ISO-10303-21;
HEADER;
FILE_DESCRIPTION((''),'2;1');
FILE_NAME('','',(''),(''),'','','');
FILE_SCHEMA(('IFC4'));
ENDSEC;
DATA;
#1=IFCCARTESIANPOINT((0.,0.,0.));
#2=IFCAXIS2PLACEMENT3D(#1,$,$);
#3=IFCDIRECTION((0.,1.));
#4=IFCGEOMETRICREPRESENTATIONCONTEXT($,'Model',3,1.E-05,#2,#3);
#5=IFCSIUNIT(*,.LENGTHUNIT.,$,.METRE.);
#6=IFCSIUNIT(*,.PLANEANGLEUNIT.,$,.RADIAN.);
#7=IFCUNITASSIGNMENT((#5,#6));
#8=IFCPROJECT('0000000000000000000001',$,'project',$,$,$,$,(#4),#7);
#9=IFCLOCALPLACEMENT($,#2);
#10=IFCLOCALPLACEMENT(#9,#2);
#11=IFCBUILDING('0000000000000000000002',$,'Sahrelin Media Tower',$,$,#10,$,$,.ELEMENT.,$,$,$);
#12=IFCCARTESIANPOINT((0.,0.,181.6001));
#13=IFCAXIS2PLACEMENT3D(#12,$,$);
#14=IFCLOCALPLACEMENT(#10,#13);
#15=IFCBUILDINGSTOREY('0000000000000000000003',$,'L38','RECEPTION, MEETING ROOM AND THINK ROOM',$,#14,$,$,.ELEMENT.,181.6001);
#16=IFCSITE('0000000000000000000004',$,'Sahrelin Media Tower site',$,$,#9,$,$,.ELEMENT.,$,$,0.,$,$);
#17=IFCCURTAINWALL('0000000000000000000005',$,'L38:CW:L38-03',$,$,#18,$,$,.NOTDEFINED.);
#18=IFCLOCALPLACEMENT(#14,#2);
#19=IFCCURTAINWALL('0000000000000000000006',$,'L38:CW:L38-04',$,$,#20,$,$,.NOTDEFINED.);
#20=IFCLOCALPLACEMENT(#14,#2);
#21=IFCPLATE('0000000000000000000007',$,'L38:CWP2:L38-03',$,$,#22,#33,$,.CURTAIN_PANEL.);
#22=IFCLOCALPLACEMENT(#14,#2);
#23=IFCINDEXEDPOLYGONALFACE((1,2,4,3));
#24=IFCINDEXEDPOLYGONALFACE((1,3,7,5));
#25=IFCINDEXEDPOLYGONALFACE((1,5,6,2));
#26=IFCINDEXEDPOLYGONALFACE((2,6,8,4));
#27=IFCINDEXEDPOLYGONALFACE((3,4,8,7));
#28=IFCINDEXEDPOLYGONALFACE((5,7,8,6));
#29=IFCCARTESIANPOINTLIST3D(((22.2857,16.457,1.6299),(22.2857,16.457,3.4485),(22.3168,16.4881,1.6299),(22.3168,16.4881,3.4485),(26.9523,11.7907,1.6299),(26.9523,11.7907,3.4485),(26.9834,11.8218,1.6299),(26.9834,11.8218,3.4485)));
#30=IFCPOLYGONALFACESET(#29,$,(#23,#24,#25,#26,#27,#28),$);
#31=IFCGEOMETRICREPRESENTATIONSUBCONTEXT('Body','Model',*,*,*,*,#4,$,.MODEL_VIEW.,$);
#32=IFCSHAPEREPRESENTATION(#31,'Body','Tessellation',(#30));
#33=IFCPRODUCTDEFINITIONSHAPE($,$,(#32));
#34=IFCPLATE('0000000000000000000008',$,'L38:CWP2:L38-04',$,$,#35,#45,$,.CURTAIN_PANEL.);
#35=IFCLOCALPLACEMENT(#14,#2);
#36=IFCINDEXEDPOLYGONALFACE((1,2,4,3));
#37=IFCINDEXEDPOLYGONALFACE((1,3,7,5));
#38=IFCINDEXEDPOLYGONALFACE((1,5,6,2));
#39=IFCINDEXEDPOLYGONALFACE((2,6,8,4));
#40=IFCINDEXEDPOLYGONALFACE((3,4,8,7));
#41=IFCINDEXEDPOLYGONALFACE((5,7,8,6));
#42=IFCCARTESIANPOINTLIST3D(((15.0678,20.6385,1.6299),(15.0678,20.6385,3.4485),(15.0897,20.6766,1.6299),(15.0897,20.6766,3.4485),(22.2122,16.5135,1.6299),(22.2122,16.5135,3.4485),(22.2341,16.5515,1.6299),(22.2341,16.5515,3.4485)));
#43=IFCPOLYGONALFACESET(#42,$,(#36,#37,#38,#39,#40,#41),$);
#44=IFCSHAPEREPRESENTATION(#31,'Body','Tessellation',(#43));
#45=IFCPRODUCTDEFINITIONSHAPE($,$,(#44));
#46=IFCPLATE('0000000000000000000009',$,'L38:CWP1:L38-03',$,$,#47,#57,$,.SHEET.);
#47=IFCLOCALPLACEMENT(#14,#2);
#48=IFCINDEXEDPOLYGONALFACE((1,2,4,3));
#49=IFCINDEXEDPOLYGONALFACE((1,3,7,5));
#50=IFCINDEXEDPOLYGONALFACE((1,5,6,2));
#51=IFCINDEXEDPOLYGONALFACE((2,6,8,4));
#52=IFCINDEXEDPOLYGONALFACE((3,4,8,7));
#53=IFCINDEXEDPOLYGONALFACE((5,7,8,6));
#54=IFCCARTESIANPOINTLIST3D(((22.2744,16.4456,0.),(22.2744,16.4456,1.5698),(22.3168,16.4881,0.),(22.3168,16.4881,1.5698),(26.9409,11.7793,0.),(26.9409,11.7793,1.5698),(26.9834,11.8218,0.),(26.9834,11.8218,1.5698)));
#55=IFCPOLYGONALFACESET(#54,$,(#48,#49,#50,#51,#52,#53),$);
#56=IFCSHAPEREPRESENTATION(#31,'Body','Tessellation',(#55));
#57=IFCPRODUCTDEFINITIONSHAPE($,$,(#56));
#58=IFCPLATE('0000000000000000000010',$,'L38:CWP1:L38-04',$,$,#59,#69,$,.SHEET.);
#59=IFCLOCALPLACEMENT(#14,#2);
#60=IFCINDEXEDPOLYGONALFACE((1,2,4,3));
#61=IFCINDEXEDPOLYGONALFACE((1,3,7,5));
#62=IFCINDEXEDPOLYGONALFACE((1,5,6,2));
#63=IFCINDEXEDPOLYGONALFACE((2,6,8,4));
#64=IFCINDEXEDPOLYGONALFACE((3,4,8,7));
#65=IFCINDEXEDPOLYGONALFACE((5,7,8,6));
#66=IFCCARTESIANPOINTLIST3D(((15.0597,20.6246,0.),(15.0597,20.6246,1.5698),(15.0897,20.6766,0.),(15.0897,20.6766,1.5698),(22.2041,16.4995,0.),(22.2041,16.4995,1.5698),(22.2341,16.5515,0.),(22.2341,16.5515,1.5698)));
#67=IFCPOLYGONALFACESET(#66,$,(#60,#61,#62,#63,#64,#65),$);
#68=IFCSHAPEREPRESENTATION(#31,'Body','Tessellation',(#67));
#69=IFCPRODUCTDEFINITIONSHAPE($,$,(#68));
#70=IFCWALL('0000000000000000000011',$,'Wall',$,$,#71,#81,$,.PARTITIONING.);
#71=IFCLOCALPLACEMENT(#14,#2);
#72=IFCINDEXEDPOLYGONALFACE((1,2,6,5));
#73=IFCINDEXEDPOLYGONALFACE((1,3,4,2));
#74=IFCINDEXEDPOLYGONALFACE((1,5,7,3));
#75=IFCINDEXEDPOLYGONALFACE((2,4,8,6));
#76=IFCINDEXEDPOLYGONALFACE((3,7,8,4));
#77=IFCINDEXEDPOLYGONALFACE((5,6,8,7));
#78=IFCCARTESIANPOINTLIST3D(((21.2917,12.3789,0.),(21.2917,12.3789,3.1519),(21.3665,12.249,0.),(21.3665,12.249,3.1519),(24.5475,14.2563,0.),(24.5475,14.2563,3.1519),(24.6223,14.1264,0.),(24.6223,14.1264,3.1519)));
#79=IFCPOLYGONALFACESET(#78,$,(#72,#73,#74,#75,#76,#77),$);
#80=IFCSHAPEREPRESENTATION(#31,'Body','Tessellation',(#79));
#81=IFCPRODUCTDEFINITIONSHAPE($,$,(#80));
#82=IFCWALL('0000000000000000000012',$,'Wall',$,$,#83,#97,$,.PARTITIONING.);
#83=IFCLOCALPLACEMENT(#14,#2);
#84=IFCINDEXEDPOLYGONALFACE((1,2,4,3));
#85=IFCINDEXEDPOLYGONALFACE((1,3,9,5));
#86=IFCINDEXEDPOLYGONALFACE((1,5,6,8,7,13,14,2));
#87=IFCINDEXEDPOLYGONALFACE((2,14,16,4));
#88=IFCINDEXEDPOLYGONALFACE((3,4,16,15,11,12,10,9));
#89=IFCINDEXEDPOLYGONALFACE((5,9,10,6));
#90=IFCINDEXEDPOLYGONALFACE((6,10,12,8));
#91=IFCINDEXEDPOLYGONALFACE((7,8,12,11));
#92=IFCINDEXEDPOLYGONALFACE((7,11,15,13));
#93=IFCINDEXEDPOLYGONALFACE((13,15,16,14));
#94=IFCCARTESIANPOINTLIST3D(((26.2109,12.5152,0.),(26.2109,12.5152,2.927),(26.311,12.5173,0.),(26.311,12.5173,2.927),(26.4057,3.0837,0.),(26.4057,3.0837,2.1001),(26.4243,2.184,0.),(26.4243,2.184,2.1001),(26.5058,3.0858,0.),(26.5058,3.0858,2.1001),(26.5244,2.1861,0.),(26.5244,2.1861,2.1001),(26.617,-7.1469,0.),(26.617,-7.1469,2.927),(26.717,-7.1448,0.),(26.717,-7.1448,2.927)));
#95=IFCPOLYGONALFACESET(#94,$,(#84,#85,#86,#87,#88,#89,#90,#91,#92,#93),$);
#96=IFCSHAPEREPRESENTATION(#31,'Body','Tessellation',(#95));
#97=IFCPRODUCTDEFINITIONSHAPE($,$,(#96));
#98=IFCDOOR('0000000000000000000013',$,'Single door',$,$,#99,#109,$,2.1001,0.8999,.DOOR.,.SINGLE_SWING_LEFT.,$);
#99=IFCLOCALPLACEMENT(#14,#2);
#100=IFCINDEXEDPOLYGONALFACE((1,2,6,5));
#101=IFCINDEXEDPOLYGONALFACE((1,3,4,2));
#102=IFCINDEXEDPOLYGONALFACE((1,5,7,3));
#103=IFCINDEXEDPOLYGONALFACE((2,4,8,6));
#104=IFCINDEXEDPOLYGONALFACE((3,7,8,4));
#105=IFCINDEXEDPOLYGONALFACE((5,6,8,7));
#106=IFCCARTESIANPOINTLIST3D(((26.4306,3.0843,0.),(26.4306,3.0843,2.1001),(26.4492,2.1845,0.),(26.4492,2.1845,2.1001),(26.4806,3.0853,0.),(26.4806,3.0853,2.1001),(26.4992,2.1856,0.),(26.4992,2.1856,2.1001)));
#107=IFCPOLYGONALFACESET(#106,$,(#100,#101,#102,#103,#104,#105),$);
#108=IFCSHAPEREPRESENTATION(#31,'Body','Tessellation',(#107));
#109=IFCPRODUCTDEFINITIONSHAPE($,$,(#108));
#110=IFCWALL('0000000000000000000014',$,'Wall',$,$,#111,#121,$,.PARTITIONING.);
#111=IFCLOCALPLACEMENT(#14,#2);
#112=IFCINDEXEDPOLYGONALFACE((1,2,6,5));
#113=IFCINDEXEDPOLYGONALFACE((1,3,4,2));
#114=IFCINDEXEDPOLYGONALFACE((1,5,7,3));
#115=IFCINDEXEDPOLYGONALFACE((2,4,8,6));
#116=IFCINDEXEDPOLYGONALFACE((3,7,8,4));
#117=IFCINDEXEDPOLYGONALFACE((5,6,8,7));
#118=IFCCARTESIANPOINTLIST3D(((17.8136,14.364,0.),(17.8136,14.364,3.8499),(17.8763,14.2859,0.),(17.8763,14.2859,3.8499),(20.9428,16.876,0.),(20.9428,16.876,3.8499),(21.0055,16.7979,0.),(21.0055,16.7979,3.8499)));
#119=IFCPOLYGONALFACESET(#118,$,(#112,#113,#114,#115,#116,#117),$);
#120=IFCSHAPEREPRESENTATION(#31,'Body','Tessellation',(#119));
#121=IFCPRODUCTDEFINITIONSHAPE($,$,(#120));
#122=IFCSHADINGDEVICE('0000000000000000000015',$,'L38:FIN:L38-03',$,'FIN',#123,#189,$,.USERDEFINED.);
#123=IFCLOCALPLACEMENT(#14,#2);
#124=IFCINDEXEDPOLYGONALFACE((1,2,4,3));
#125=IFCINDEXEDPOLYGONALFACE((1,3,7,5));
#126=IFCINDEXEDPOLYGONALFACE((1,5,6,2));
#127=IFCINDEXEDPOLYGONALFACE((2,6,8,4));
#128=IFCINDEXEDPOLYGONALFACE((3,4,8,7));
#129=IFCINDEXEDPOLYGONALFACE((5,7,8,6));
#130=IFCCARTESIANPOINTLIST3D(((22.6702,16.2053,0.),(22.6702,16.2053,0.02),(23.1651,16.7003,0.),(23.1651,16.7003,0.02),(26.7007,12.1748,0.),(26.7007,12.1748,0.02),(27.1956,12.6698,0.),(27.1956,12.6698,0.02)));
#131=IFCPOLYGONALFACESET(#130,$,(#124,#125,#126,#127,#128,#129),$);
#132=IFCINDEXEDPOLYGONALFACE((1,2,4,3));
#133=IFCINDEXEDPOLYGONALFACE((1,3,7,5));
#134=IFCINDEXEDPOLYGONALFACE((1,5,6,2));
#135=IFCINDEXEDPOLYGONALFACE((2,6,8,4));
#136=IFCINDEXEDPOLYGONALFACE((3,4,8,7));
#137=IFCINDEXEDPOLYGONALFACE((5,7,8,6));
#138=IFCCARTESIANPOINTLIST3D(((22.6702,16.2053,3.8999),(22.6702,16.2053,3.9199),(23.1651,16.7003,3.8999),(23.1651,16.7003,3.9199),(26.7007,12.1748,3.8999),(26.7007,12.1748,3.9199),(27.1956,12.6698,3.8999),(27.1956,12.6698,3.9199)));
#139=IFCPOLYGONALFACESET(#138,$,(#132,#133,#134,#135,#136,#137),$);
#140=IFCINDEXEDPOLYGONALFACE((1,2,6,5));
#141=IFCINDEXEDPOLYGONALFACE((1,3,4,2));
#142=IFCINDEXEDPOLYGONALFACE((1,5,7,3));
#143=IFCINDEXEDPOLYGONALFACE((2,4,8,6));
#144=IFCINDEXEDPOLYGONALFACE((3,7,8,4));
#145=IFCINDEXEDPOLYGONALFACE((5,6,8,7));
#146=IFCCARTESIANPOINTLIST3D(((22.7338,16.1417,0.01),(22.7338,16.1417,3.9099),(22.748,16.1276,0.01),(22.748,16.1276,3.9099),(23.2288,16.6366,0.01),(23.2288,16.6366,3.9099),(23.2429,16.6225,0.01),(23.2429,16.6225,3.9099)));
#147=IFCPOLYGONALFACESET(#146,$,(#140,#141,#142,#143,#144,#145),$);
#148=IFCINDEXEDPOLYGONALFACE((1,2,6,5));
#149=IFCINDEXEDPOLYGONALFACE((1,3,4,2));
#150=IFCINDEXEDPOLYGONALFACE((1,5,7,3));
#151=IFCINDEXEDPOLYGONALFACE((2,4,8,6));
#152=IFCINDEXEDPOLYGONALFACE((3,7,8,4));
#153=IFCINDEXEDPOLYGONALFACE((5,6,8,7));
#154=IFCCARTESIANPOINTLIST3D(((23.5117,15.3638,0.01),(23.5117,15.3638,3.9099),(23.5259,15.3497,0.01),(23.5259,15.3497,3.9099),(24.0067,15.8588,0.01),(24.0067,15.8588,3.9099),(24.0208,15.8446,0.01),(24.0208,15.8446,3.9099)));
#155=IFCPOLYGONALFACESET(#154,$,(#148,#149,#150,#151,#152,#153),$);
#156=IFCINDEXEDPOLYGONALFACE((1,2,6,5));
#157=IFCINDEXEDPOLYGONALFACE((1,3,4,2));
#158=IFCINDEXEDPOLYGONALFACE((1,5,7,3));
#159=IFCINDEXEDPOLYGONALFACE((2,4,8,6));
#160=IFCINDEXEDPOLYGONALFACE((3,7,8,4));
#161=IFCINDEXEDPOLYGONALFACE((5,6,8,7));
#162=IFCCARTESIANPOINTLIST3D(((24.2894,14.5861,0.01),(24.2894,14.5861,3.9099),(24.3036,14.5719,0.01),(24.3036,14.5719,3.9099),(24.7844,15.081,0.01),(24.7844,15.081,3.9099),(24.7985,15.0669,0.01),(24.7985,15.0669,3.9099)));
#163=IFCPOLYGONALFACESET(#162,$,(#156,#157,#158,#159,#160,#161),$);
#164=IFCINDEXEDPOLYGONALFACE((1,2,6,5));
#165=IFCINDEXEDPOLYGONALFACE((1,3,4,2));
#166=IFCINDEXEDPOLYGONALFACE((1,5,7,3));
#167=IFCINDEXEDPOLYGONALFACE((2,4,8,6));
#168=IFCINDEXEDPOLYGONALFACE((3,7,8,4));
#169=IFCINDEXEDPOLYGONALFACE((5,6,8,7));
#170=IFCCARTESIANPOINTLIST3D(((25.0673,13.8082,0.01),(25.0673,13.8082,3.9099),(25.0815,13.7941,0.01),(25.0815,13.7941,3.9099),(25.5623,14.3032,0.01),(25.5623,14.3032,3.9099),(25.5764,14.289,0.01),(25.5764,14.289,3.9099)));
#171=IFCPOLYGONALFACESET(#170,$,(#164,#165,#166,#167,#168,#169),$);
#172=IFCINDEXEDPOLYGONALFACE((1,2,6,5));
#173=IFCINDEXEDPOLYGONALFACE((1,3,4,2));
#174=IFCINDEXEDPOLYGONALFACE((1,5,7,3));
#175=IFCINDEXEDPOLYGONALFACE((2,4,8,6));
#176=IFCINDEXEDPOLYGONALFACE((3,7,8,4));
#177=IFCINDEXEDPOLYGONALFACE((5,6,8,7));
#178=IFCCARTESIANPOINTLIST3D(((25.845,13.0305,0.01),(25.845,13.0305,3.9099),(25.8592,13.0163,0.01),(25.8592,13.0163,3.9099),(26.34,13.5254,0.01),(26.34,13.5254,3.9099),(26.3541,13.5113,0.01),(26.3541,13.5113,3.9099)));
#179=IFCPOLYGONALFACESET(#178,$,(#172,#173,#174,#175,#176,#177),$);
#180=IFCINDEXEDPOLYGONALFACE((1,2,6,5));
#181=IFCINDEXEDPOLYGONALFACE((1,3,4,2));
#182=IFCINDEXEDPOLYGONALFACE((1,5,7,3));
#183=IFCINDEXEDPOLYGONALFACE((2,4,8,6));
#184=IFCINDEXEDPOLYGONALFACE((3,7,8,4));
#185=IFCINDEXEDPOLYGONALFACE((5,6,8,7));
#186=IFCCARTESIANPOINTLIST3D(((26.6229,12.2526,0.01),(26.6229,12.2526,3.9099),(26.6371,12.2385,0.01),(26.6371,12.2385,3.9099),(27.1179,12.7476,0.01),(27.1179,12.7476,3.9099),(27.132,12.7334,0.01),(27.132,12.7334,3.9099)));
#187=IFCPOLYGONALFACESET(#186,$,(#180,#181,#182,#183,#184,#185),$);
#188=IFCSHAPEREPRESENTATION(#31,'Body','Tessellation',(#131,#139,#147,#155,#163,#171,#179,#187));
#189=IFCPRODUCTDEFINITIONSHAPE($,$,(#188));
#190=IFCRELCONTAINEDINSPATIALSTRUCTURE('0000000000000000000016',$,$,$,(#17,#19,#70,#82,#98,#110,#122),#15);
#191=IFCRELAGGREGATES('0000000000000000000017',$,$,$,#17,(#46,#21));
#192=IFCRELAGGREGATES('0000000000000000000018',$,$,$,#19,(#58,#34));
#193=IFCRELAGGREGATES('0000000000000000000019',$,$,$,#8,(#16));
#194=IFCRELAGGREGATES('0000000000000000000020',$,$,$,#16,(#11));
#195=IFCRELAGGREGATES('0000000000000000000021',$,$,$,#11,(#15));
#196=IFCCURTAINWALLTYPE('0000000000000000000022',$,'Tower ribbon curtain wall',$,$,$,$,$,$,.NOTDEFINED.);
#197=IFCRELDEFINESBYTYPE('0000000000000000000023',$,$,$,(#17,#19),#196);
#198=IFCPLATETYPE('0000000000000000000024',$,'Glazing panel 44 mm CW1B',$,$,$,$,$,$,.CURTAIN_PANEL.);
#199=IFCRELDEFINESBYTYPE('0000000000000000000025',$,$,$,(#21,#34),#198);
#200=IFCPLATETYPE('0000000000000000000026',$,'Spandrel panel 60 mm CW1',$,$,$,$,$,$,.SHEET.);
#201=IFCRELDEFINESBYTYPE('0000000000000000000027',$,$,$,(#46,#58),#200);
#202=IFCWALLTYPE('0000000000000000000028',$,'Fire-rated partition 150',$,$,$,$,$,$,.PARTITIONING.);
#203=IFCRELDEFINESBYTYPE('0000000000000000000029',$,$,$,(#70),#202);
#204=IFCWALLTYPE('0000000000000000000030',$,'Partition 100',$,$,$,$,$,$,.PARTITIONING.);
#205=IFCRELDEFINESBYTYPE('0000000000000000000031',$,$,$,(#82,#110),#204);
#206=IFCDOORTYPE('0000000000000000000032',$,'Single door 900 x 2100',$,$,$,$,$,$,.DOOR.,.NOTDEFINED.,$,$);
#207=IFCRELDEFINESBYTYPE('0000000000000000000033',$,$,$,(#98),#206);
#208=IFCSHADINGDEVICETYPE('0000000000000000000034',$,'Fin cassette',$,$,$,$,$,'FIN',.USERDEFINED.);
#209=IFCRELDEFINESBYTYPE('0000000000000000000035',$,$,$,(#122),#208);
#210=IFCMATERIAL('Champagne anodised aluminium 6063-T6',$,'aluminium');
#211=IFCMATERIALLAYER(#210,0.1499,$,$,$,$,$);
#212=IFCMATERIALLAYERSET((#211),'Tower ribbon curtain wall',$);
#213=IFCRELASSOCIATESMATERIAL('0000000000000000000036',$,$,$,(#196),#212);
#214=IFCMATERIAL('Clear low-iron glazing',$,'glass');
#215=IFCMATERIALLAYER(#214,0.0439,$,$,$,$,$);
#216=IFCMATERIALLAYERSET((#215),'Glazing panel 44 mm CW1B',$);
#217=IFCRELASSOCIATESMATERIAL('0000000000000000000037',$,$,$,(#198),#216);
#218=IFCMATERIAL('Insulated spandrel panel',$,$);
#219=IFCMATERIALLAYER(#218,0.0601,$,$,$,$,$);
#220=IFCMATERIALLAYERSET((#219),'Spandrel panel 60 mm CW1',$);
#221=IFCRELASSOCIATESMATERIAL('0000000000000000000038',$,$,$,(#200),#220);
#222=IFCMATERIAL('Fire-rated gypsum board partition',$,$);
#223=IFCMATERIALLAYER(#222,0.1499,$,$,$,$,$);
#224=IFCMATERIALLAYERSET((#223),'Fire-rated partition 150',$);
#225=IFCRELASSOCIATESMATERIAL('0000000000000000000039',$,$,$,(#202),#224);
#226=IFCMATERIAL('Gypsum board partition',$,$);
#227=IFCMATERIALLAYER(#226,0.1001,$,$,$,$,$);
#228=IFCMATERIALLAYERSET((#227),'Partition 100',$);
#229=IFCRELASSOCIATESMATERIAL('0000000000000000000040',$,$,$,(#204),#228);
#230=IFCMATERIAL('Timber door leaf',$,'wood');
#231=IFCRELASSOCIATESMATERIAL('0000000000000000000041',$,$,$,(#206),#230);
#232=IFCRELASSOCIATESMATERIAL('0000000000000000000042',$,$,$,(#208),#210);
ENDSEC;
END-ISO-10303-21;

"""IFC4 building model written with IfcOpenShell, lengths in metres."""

from ifc_helpers import new_model, si_unit, direction, frame, frame_2d, origin, origin_2d, place, context, subcontext, project, spatial, polyline, rectangle, outline, extrude, material, layer, layer_set, type_object, element, fill, aggregate, save


model = new_model("IFC4")

# Units and contexts
model_context = context("Model", 3, precision=1e-05, world=origin(), true_north=direction((0.0, 1.0)))
body_context = subcontext(model_context, "Body", "Model", "MODEL_VIEW")
ifc_project = project(units=[si_unit("LENGTHUNIT", "METRE"), si_unit("PLANEANGLEUNIT", "RADIAN")], contexts=[model_context])

# Site, building, storey
site_placement = place(None, origin())
site = spatial("IfcSite", under=ifc_project, at=site_placement, Name="Sahrelin Media Tower site", CompositionType="ELEMENT", RefElevation=0.0)
building_placement = place(site_placement, origin())
building = spatial("IfcBuilding", under=site, at=building_placement, Name="Sahrelin Media Tower", CompositionType="ELEMENT")
storey_placement = place(building_placement, frame((0.0, 0.0, 181.6001)))
storey = spatial("IfcBuildingStorey", under=building, at=storey_placement, Name="L38", Description="RECEPTION, MEETING ROOM AND THINK ROOM", CompositionType="ELEMENT", Elevation=181.6001)

# Curtain walls
ifc_material_1 = material(Name="Champagne anodised aluminium 6063-T6", Category="aluminium")
ifc_layer_1 = layer(ifc_material_1, 0.1499)
ifc_layer_set_1 = layer_set([ifc_layer_1], Name="Tower ribbon curtain wall")
curtain_wall_type = type_object("IfcCurtainWallType", Name="Tower ribbon curtain wall", PredefinedType="NOTDEFINED", material=ifc_layer_set_1)
curtain_wall_1_placement = place(storey_placement, frame((24.636, 14.1406, 0.0), z_axis=(0.0, 0.0, 1.0), x_axis=(1.0, 0.0, 0.0)))
curtain_wall_1 = element("IfcCurtainWall", 1, at=curtain_wall_1_placement, inside=storey, type_object=curtain_wall_type, Name="L38:CW:L38-03", PredefinedType="NOTDEFINED")
curtain_wall_2_placement = place(storey_placement, frame((18.6521, 18.5967, 0.0), z_axis=(0.0, 0.0, 1.0), x_axis=(1.0, 0.0, 0.0)))
curtain_wall_2 = element("IfcCurtainWall", 2, at=curtain_wall_2_placement, inside=storey, type_object=curtain_wall_type, Name="L38:CW:L38-04", PredefinedType="NOTDEFINED")

# Plates
ifc_material_2 = material(Name="Clear low-iron glazing", Category="glass")
ifc_layer_2 = layer(ifc_material_2, 0.0439)
ifc_layer_set_2 = layer_set([ifc_layer_2], Name="Glazing panel 44 mm CW1B")
plate_type_1 = type_object("IfcPlateType", Name="Glazing panel 44 mm CW1B", PredefinedType="CURTAIN_PANEL", material=ifc_layer_set_2)
plate_1_placement = place(storey_placement, frame((26.9834, 11.8218, 1.6299), z_axis=(0.707088, 0.707125, 0.0), x_axis=(-0.707125, 0.707088, 0.0)))
plate_1 = element("IfcPlate", 3, at=plate_1_placement, type_object=plate_type_1, Name="L38:CWP2:L38-03", PredefinedType="CURTAIN_PANEL", context=body_context, shape_type="SweptSolid", body=[
    extrude(outline(polyline([(0.0, 0.0), (6.5994, 0.0), (6.5994, 1.8186), (0.0, 1.8186), (0.0, 0.0)])), origin(), (0.0, 0.0, -1.0), 0.0439),
])
plate_2_placement = place(storey_placement, frame((22.2341, 16.5515, 1.6299), z_axis=(0.500022, 0.866013, 0.0), x_axis=(-0.866013, 0.500022, 0.0)))
plate_2 = element("IfcPlate", 4, at=plate_2_placement, type_object=plate_type_1, Name="L38:CWP2:L38-04", PredefinedType="CURTAIN_PANEL", context=body_context, shape_type="SweptSolid", body=[
    extrude(outline(polyline([(0.0, 0.0), (8.2498, 0.0), (8.2498, 1.8186), (0.0, 1.8186), (0.0, 0.0)])), origin(), (0.0, 0.0, -1.0), 0.0439),
])
ifc_material_3 = material(Name="Insulated spandrel panel")
ifc_layer_3 = layer(ifc_material_3, 0.0601)
ifc_layer_set_3 = layer_set([ifc_layer_3], Name="Spandrel panel 60 mm CW1")
plate_type_2 = type_object("IfcPlateType", Name="Spandrel panel 60 mm CW1", PredefinedType="SHEET", material=ifc_layer_set_3)
plate_3_placement = place(storey_placement, frame((26.9834, 11.8218, 0.0), z_axis=(0.707088, 0.707125, 0.0), x_axis=(-0.707125, 0.707088, 0.0)))
plate_3 = element("IfcPlate", 5, at=plate_3_placement, type_object=plate_type_2, Name="L38:CWP1:L38-03", PredefinedType="SHEET", context=body_context, shape_type="SweptSolid", body=[
    extrude(outline(polyline([(0.0, 0.0), (6.5994, 0.0), (6.5994, 1.5698), (0.0, 1.5698), (0.0, 0.0)])), origin(), (0.0, 0.0, -1.0), 0.0601),
])
aggregate(curtain_wall_1, [plate_3, plate_1])
plate_4_placement = place(storey_placement, frame((22.2341, 16.5515, 0.0), z_axis=(0.500022, 0.866013, 0.0), x_axis=(-0.866013, 0.500022, 0.0)))
plate_4 = element("IfcPlate", 6, at=plate_4_placement, type_object=plate_type_2, Name="L38:CWP1:L38-04", PredefinedType="SHEET", context=body_context, shape_type="SweptSolid", body=[
    extrude(outline(polyline([(0.0, 0.0), (8.2498, 0.0), (8.2498, 1.5698), (0.0, 1.5698), (0.0, 0.0)])), origin(), (0.0, 0.0, -1.0), 0.0601),
])
aggregate(curtain_wall_2, [plate_4, plate_2])

# Wall
ifc_material_4 = material(Name="Fire-rated gypsum board partition")
ifc_layer_4 = layer(ifc_material_4, 0.1499)
ifc_layer_set_4 = layer_set([ifc_layer_4], Name="Fire-rated partition 150")
wall_type_1 = type_object("IfcWallType", Name="Fire-rated partition 150", PredefinedType="PARTITIONING", material=ifc_layer_set_4)
wall_1_placement = place(storey_placement, frame((21.3291, 12.314, 0.0), z_axis=(0.0, 0.0, 1.0), x_axis=(0.866294, 0.499535, 0.0)))
element("IfcWall", 7, at=wall_1_placement, inside=storey, type_object=wall_type_1, Name="Wall", PredefinedType="PARTITIONING", context=body_context, shape_type="SweptSolid", body=[
    extrude(rectangle(XDim=3.7583, YDim=0.1499, at=frame_2d((1.8792, 0.0))), origin(), (0.0, 0.0, 1.0), 3.1519),
])

# Wall, opening, door
ifc_material_5 = material(Name="Gypsum board partition")
ifc_layer_5 = layer(ifc_material_5, 0.1001)
ifc_layer_set_5 = layer_set([ifc_layer_5], Name="Partition 100")
wall_type_2 = type_object("IfcWallType", Name="Partition 100", PredefinedType="PARTITIONING", material=ifc_layer_set_5)
wall_2_placement = place(storey_placement, frame((26.261, 12.5161, 0.0), z_axis=(0.0, 0.0, 1.0), x_axis=(0.020645, -0.999787, 0.0)))
wall_2 = element("IfcWall", 8, at=wall_2_placement, inside=storey, type_object=wall_type_2, Name="Wall", PredefinedType="PARTITIONING", context=body_context, shape_type="SweptSolid", body=[
    extrude(rectangle(XDim=19.6663, YDim=0.1001, at=frame_2d((9.833, 0.0))), origin(), (0.0, 0.0, 1.0), 2.927),
])
opening_placement = place(wall_2_placement, frame((9.4333, 0.0, 0.0)))
opening = element("IfcOpeningElement", 9, at=opening_placement, cuts=wall_2, PredefinedType="OPENING", context=body_context, shape_type="SweptSolid", body=[
    extrude(rectangle(XDim=0.8999, YDim=2.1001, at=frame_2d((0.45, 1.05))), frame((0.0, 0.05, 0.0), z_axis=(0.0, -1.0, 0.0), x_axis=(1.0, 0.0, 0.0)), (0.0, 0.0, 1.0), 0.1001),
])
ifc_material_6 = material(Name="Timber door leaf", Category="wood")
door_type = type_object("IfcDoorType", Name="Single door 900 x 2100", OperationType="NOTDEFINED", PredefinedType="DOOR", material=ifc_material_6)
door_placement = place(opening_placement, origin())
door = element("IfcDoor", 10, at=door_placement, inside=storey, type_object=door_type, Name="Single door", OperationType="SINGLE_SWING_LEFT", OverallHeight=2.1001, OverallWidth=0.8999, PredefinedType="DOOR", context=body_context, shape_type="SweptSolid", body=[
    extrude(rectangle(XDim=0.8999, YDim=2.1001, at=frame_2d((0.45, 1.05))), frame((0.0, 0.0249, 0.0), z_axis=(0.0, -1.0, 0.0), x_axis=(1.0, 0.0, 0.0)), (0.0, 0.0, 1.0), 0.05),
])
fill(opening, door)

# Wall
wall_3_placement = place(storey_placement, frame((17.845, 14.325, 0.0), z_axis=(0.0, 0.0, 1.0), x_axis=(0.779817, 0.626007, 0.0)))
element("IfcWall", 11, at=wall_3_placement, inside=storey, type_object=wall_type_2, Name="Wall", PredefinedType="PARTITIONING", context=body_context, shape_type="SweptSolid", body=[
    extrude(rectangle(XDim=4.0127, YDim=0.1001, at=frame_2d((2.0063, 0.0))), origin(), (0.0, 0.0, 1.0), 3.8499),
])

# Shading device
shading_device_type_1 = type_object("IfcShadingDeviceType", Name="Fin cassette", ElementType="FIN", PredefinedType="USERDEFINED", material=ifc_material_1)
placement_1 = place(storey_placement, frame((24.636, 14.1406, 0.0), z_axis=(0.0, 0.0, 1.0), x_axis=(0.707107, -0.707107, 0.0)))
element("IfcShadingDevice", 12, at=placement_1, inside=storey, type_object=shading_device_type_1, Name="L38:FIN:L38-03", ObjectType="FIN", PredefinedType="USERDEFINED", context=body_context, shape_type="SweptSolid", body=[
    extrude(rectangle(XDim=5.7, YDim=0.7, at=origin_2d()), frame((0.0, 0.4199, 0.0)), (0.0, 0.0, 1.0), 0.02),
    extrude(rectangle(XDim=5.7, YDim=0.7, at=origin_2d()), frame((0.0, 0.4199, 3.8999)), (0.0, 0.0, 1.0), 0.02),
    extrude(rectangle(XDim=0.02, YDim=0.7, at=origin_2d()), frame((-2.75, 0.4199, 0.01), z_axis=(0.0, 0.0, 1.0), x_axis=(1.0, 0.0, 0.0)), (0.0, 0.0, 1.0), 3.8999),
    extrude(rectangle(XDim=0.02, YDim=0.7, at=origin_2d()), frame((-1.6499, 0.4199, 0.01), z_axis=(0.0, 0.0, 1.0), x_axis=(1.0, 0.0, 0.0)), (0.0, 0.0, 1.0), 3.8999),
    extrude(rectangle(XDim=0.02, YDim=0.7, at=origin_2d()), frame((-0.55, 0.4199, 0.01), z_axis=(0.0, 0.0, 1.0), x_axis=(1.0, 0.0, 0.0)), (0.0, 0.0, 1.0), 3.8999),
    extrude(rectangle(XDim=0.02, YDim=0.7, at=origin_2d()), frame((0.55, 0.4199, 0.01), z_axis=(0.0, 0.0, 1.0), x_axis=(1.0, 0.0, 0.0)), (0.0, 0.0, 1.0), 3.8999),
    extrude(rectangle(XDim=0.02, YDim=0.7, at=origin_2d()), frame((1.6499, 0.4199, 0.01), z_axis=(0.0, 0.0, 1.0), x_axis=(1.0, 0.0, 0.0)), (0.0, 0.0, 1.0), 3.8999),
    extrude(rectangle(XDim=0.02, YDim=0.7, at=origin_2d()), frame((2.75, 0.4199, 0.01), z_axis=(0.0, 0.0, 1.0), x_axis=(1.0, 0.0, 0.0)), (0.0, 0.0, 1.0), 3.8999),
])

save(model, "model.ifc")
